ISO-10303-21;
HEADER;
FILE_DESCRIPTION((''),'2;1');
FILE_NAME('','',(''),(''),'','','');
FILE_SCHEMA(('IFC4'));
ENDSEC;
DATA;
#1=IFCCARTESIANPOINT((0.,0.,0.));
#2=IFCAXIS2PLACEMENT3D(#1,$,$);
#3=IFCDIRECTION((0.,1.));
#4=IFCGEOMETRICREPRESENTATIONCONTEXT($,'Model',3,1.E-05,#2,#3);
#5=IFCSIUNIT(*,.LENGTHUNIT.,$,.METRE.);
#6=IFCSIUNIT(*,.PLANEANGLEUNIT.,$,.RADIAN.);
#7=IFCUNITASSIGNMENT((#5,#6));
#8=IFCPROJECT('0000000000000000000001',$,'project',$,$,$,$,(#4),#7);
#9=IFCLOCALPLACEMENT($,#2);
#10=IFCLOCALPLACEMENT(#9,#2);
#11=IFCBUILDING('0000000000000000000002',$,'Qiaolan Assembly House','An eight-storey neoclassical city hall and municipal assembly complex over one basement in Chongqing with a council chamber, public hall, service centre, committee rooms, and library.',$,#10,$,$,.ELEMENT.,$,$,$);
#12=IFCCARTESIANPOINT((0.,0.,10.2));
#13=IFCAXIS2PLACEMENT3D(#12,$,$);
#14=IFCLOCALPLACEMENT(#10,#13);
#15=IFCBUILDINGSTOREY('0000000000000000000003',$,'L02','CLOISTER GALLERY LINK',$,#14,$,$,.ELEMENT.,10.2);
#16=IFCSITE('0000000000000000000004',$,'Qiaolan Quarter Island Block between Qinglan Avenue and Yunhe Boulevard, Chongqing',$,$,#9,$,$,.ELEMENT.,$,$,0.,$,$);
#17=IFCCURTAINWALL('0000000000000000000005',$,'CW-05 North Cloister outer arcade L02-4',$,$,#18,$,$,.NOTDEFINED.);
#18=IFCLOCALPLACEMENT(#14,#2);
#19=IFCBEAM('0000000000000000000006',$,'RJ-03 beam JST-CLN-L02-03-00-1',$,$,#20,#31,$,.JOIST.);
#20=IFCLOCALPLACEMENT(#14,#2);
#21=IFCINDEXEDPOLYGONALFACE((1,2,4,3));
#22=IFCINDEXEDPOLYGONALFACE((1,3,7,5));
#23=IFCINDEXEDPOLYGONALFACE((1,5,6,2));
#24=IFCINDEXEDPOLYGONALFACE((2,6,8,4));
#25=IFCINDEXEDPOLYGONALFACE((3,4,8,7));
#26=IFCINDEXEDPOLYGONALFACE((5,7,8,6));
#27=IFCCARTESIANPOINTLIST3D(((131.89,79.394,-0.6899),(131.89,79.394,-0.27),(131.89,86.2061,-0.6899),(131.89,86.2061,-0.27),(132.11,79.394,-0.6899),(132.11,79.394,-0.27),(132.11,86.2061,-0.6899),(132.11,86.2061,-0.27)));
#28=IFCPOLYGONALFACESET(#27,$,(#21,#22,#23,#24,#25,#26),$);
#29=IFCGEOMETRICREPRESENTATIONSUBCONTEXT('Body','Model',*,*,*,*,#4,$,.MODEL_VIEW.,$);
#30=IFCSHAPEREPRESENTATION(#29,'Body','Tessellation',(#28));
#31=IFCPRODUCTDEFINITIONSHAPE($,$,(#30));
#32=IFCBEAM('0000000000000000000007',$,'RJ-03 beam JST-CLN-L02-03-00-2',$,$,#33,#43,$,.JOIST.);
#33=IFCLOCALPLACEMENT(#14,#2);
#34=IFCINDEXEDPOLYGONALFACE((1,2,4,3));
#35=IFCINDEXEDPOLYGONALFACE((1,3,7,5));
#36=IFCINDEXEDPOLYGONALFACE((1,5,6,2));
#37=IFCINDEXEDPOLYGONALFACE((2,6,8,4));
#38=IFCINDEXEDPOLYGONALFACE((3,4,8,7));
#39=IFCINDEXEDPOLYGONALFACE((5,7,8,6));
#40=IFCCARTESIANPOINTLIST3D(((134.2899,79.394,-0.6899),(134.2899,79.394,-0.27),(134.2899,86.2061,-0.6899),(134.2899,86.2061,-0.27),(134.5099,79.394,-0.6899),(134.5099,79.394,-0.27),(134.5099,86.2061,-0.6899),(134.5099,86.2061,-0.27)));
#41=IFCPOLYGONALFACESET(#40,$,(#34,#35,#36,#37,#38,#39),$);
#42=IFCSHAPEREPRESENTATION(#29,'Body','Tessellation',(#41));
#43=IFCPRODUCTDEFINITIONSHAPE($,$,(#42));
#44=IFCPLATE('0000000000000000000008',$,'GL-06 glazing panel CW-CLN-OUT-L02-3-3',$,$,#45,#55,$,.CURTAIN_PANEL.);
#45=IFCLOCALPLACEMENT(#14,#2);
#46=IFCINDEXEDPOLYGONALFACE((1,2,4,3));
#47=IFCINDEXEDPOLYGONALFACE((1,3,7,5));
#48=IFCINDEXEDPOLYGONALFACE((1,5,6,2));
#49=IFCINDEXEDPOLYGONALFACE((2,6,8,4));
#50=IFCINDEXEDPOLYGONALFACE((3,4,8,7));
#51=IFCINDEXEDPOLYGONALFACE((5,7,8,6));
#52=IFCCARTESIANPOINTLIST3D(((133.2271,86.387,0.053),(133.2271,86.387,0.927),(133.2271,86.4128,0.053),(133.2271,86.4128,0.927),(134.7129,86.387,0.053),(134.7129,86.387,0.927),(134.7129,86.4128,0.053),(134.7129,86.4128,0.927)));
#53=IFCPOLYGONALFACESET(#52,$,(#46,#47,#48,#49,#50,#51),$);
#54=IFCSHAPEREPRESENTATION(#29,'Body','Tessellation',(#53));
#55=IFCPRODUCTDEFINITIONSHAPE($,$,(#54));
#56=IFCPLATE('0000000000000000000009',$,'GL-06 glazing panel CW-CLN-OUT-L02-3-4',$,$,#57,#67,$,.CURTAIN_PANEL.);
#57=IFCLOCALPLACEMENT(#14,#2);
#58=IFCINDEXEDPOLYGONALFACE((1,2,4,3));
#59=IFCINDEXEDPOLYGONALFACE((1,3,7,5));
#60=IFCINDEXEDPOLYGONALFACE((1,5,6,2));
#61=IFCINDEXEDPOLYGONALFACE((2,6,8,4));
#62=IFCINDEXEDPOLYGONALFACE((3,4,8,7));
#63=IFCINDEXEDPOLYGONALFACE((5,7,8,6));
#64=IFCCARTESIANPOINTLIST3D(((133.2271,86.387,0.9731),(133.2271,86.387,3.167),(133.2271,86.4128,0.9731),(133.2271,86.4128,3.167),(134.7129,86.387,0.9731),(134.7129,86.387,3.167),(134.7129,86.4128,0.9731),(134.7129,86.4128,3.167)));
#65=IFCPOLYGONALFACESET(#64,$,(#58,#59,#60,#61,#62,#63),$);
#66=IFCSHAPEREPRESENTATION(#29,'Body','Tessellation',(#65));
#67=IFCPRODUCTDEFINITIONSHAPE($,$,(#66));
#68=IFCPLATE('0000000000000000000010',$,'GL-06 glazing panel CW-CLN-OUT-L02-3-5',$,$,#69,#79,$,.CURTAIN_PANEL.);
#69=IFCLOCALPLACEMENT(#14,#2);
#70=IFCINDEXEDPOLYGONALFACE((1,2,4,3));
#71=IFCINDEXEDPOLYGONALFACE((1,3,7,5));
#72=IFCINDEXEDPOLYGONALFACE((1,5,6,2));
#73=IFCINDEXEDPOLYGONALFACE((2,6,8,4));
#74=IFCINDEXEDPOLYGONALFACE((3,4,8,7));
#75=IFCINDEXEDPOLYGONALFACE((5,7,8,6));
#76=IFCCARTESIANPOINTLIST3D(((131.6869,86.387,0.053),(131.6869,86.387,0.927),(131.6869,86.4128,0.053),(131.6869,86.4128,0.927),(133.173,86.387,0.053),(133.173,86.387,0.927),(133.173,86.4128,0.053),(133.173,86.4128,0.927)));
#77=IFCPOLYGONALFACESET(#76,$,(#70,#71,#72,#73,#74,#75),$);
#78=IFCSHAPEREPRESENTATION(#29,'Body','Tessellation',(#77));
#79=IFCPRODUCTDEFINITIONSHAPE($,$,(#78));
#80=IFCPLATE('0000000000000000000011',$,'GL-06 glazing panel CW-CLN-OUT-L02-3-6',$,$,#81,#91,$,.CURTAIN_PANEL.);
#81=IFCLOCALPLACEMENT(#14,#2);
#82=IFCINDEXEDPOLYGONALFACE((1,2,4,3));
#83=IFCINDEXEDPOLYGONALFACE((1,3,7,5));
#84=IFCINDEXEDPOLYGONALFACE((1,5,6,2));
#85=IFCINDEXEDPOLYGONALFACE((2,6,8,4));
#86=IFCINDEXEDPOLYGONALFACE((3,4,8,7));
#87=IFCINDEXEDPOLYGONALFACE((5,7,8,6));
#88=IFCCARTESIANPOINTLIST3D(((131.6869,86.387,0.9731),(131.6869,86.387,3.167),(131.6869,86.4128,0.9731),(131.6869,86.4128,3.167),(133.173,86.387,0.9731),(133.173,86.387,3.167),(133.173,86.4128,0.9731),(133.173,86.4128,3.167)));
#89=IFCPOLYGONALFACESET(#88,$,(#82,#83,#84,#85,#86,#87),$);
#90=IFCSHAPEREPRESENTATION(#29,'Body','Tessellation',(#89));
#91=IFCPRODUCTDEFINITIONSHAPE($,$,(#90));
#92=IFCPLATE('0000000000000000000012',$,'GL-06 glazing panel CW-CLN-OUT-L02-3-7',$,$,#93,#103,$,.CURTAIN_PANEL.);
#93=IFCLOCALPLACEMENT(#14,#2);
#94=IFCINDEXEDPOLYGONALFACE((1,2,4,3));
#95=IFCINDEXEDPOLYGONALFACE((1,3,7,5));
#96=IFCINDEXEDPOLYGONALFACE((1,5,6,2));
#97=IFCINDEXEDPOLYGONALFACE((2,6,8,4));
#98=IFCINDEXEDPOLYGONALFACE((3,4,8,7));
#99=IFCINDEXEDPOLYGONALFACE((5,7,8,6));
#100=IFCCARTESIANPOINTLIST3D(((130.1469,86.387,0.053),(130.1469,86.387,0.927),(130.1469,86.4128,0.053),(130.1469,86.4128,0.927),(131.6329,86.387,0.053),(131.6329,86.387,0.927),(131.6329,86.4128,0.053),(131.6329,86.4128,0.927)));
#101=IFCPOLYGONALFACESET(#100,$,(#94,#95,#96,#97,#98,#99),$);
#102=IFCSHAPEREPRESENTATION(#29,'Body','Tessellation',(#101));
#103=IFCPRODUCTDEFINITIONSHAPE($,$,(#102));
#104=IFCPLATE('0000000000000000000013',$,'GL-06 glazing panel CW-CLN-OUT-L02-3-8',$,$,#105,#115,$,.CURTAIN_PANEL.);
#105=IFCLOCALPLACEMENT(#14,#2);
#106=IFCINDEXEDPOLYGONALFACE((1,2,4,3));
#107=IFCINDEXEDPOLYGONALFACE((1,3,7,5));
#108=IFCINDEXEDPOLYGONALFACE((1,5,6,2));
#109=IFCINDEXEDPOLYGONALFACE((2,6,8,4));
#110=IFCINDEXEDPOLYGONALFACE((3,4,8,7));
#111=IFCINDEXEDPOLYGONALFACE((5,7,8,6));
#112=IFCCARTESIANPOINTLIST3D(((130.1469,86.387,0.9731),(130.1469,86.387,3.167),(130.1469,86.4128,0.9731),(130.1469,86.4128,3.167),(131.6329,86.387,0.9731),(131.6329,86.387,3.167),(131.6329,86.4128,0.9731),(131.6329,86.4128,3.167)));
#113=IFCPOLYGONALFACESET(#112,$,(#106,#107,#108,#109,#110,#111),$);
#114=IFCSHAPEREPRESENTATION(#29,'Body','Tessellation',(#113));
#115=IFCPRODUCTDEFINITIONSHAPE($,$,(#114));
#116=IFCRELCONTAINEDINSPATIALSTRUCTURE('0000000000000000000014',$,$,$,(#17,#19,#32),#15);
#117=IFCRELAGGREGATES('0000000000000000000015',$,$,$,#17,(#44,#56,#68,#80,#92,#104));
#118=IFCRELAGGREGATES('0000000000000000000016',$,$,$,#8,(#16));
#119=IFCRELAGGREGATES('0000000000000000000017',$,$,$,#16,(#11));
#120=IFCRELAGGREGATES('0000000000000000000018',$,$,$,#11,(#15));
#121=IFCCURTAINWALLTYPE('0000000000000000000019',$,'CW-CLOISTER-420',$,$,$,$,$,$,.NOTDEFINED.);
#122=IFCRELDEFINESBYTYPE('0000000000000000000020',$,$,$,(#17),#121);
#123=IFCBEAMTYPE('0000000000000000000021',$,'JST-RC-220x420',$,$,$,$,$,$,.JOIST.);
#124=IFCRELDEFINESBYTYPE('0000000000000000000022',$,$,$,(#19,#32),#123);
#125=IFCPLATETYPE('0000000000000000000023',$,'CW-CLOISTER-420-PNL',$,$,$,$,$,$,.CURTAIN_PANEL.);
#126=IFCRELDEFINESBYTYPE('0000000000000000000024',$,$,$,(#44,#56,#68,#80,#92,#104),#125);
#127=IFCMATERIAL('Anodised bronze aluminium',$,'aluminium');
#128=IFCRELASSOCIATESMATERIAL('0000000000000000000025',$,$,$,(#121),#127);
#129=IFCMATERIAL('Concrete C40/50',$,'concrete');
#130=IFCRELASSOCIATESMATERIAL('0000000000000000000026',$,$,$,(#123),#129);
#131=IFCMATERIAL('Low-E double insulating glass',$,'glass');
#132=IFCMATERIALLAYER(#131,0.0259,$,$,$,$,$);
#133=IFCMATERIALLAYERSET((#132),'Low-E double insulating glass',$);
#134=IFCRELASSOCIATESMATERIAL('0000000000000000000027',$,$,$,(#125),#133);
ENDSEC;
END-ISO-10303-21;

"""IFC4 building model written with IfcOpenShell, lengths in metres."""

from ifc_helpers import new_model, si_unit, direction, frame, frame_2d, origin, origin_2d, place, context, subcontext, project, spatial, rectangle, extrude, material, layer, layer_set, material_profile, profile_set, type_object, element, aggregate, save


model = new_model("IFC4")

# Units and contexts
model_context = context("Model", 3, precision=1e-05, world=origin(), true_north=direction((0.0, 1.0)))
body_context = subcontext(model_context, "Body", "Model", "MODEL_VIEW")
ifc_project = project(units=[si_unit("LENGTHUNIT", "METRE"), si_unit("PLANEANGLEUNIT", "RADIAN")], contexts=[model_context])

# Site, building, storey
site_placement = place(None, origin())
site = spatial("IfcSite", under=ifc_project, at=site_placement, Name="Qiaolan Quarter Island Block between Qinglan Avenue and Yunhe Boulevard, Chongqing", CompositionType="ELEMENT", RefElevation=0.0)
building_placement = place(site_placement, origin())
building = spatial("IfcBuilding", under=site, at=building_placement, Name="Qiaolan Assembly House", Description="An eight-storey neoclassical city hall and municipal assembly complex over one basement in Chongqing with a council chamber, public hall, service centre, committee rooms, and library.", CompositionType="ELEMENT")
storey_placement = place(building_placement, frame((0.0, 0.0, 10.2)))
storey = spatial("IfcBuildingStorey", under=building, at=storey_placement, Name="L02", Description="CLOISTER GALLERY LINK", CompositionType="ELEMENT", Elevation=10.2)

# Curtain wall
ifc_material_1 = material(Name="Anodised bronze aluminium", Category="aluminium")
curtain_wall_type = type_object("IfcCurtainWallType", Name="CW-CLOISTER-420", PredefinedType="NOTDEFINED", material=ifc_material_1)
curtain_wall_placement = place(storey_placement, origin())
curtain_wall = element("IfcCurtainWall", 1, at=curtain_wall_placement, inside=storey, type_object=curtain_wall_type, Name="CW-05 North Cloister outer arcade L02-4", PredefinedType="NOTDEFINED")

# Beams
ifc_material_2 = material(Name="Concrete C40/50", Category="concrete")
ifc_material_profile_1 = material_profile(ifc_material_2, rectangle(XDim=0.22, YDim=0.4199, at=origin_2d()), Name="RCB 220x420")
ifc_profile_set_1 = profile_set([ifc_material_profile_1], Name="Concrete C40/50")
beam_type = type_object("IfcBeamType", Name="JST-RC-220x420", PredefinedType="JOIST", material=ifc_profile_set_1)
for number, where, z_axis, x_axis, name in (
    (2, (132.0, 79.394, -0.48), (0.0, 1.0, 0.0), (-1.0, 0.0, 0.0), "RJ-03 beam JST-CLN-L02-03-00-1"),
    (3, (134.3999, 79.394, -0.48), (0.0, 1.0, 0.0), (-1.0, 0.0, 0.0), "RJ-03 beam JST-CLN-L02-03-00-2"),
):
    element("IfcBeam", number, at=place(storey_placement, frame(where, z_axis=z_axis, x_axis=x_axis)), inside=storey, type_object=beam_type, Name=name, PredefinedType="JOIST", context=body_context, shape_type="SweptSolid", body=[
        extrude(rectangle(XDim=0.22, YDim=0.4199, at=origin_2d()), origin(), (0.0, 0.0, 1.0), 6.812),
    ])

# Plates
ifc_material_3 = material(Name="Low-E double insulating glass", Category="glass")
ifc_layer = layer(ifc_material_3, 0.0259)
ifc_layer_set = layer_set([ifc_layer], Name="Low-E double insulating glass")
plate_type = type_object("IfcPlateType", Name="CW-CLOISTER-420-PNL", PredefinedType="CURTAIN_PANEL", material=ifc_layer_set)
plate_1_placement = place(storey_placement, frame((134.7129, 86.3999, 0.053), z_axis=(0.0, 0.0, 1.0), x_axis=(-1.0, 0.0, 0.0)))
plate_1 = element("IfcPlate", 4, at=plate_1_placement, type_object=plate_type, Name="GL-06 glazing panel CW-CLN-OUT-L02-3-3", PredefinedType="CURTAIN_PANEL", context=body_context, shape_type="SweptSolid", body=[
    extrude(rectangle(XDim=1.4858, YDim=0.0259, at=frame_2d((0.7429, 0.0))), origin(), (0.0, 0.0, 1.0), 0.874),
])
plate_2_placement = place(storey_placement, frame((134.7129, 86.3999, 0.9731), z_axis=(0.0, 0.0, 1.0), x_axis=(-1.0, 0.0, 0.0)))
plate_2 = element("IfcPlate", 5, at=plate_2_placement, type_object=plate_type, Name="GL-06 glazing panel CW-CLN-OUT-L02-3-4", PredefinedType="CURTAIN_PANEL", context=body_context, shape_type="SweptSolid", body=[
    extrude(rectangle(XDim=1.4858, YDim=0.0259, at=frame_2d((0.7429, 0.0))), origin(), (0.0, 0.0, 1.0), 2.1938),
])
plate_3_placement = place(storey_placement, frame((133.1731, 86.3999, 0.053), z_axis=(0.0, 0.0, 1.0), x_axis=(-1.0, 0.0, 0.0)))
plate_3 = element("IfcPlate", 6, at=plate_3_placement, type_object=plate_type, Name="GL-06 glazing panel CW-CLN-OUT-L02-3-5", PredefinedType="CURTAIN_PANEL", context=body_context, shape_type="SweptSolid", body=[
    extrude(rectangle(XDim=1.4861, YDim=0.0259, at=frame_2d((0.7432, 0.0))), origin(), (0.0, 0.0, 1.0), 0.874),
])
plate_4_placement = place(storey_placement, frame((133.1731, 86.3999, 0.9731), z_axis=(0.0, 0.0, 1.0), x_axis=(-1.0, 0.0, 0.0)))
plate_4 = element("IfcPlate", 7, at=plate_4_placement, type_object=plate_type, Name="GL-06 glazing panel CW-CLN-OUT-L02-3-6", PredefinedType="CURTAIN_PANEL", context=body_context, shape_type="SweptSolid", body=[
    extrude(rectangle(XDim=1.4861, YDim=0.0259, at=frame_2d((0.7432, 0.0))), origin(), (0.0, 0.0, 1.0), 2.1938),
])
plate_5_placement = place(storey_placement, frame((131.6331, 86.3999, 0.053), z_axis=(0.0, 0.0, 1.0), x_axis=(-1.0, 0.0, 0.0)))
plate_5 = element("IfcPlate", 8, at=plate_5_placement, type_object=plate_type, Name="GL-06 glazing panel CW-CLN-OUT-L02-3-7", PredefinedType="CURTAIN_PANEL", context=body_context, shape_type="SweptSolid", body=[
    extrude(rectangle(XDim=1.4861, YDim=0.0259, at=frame_2d((0.7432, 0.0))), origin(), (0.0, 0.0, 1.0), 0.874),
])
plate_6_placement = place(storey_placement, frame((131.6331, 86.3999, 0.9731), z_axis=(0.0, 0.0, 1.0), x_axis=(-1.0, 0.0, 0.0)))
plate_6 = element("IfcPlate", 9, at=plate_6_placement, type_object=plate_type, Name="GL-06 glazing panel CW-CLN-OUT-L02-3-8", PredefinedType="CURTAIN_PANEL", context=body_context, shape_type="SweptSolid", body=[
    extrude(rectangle(XDim=1.4861, YDim=0.0259, at=frame_2d((0.7432, 0.0))), origin(), (0.0, 0.0, 1.0), 2.1938),
])
aggregate(curtain_wall, [plate_1, plate_2, plate_3, plate_4, plate_5, plate_6])

save(model, "model.ifc")
